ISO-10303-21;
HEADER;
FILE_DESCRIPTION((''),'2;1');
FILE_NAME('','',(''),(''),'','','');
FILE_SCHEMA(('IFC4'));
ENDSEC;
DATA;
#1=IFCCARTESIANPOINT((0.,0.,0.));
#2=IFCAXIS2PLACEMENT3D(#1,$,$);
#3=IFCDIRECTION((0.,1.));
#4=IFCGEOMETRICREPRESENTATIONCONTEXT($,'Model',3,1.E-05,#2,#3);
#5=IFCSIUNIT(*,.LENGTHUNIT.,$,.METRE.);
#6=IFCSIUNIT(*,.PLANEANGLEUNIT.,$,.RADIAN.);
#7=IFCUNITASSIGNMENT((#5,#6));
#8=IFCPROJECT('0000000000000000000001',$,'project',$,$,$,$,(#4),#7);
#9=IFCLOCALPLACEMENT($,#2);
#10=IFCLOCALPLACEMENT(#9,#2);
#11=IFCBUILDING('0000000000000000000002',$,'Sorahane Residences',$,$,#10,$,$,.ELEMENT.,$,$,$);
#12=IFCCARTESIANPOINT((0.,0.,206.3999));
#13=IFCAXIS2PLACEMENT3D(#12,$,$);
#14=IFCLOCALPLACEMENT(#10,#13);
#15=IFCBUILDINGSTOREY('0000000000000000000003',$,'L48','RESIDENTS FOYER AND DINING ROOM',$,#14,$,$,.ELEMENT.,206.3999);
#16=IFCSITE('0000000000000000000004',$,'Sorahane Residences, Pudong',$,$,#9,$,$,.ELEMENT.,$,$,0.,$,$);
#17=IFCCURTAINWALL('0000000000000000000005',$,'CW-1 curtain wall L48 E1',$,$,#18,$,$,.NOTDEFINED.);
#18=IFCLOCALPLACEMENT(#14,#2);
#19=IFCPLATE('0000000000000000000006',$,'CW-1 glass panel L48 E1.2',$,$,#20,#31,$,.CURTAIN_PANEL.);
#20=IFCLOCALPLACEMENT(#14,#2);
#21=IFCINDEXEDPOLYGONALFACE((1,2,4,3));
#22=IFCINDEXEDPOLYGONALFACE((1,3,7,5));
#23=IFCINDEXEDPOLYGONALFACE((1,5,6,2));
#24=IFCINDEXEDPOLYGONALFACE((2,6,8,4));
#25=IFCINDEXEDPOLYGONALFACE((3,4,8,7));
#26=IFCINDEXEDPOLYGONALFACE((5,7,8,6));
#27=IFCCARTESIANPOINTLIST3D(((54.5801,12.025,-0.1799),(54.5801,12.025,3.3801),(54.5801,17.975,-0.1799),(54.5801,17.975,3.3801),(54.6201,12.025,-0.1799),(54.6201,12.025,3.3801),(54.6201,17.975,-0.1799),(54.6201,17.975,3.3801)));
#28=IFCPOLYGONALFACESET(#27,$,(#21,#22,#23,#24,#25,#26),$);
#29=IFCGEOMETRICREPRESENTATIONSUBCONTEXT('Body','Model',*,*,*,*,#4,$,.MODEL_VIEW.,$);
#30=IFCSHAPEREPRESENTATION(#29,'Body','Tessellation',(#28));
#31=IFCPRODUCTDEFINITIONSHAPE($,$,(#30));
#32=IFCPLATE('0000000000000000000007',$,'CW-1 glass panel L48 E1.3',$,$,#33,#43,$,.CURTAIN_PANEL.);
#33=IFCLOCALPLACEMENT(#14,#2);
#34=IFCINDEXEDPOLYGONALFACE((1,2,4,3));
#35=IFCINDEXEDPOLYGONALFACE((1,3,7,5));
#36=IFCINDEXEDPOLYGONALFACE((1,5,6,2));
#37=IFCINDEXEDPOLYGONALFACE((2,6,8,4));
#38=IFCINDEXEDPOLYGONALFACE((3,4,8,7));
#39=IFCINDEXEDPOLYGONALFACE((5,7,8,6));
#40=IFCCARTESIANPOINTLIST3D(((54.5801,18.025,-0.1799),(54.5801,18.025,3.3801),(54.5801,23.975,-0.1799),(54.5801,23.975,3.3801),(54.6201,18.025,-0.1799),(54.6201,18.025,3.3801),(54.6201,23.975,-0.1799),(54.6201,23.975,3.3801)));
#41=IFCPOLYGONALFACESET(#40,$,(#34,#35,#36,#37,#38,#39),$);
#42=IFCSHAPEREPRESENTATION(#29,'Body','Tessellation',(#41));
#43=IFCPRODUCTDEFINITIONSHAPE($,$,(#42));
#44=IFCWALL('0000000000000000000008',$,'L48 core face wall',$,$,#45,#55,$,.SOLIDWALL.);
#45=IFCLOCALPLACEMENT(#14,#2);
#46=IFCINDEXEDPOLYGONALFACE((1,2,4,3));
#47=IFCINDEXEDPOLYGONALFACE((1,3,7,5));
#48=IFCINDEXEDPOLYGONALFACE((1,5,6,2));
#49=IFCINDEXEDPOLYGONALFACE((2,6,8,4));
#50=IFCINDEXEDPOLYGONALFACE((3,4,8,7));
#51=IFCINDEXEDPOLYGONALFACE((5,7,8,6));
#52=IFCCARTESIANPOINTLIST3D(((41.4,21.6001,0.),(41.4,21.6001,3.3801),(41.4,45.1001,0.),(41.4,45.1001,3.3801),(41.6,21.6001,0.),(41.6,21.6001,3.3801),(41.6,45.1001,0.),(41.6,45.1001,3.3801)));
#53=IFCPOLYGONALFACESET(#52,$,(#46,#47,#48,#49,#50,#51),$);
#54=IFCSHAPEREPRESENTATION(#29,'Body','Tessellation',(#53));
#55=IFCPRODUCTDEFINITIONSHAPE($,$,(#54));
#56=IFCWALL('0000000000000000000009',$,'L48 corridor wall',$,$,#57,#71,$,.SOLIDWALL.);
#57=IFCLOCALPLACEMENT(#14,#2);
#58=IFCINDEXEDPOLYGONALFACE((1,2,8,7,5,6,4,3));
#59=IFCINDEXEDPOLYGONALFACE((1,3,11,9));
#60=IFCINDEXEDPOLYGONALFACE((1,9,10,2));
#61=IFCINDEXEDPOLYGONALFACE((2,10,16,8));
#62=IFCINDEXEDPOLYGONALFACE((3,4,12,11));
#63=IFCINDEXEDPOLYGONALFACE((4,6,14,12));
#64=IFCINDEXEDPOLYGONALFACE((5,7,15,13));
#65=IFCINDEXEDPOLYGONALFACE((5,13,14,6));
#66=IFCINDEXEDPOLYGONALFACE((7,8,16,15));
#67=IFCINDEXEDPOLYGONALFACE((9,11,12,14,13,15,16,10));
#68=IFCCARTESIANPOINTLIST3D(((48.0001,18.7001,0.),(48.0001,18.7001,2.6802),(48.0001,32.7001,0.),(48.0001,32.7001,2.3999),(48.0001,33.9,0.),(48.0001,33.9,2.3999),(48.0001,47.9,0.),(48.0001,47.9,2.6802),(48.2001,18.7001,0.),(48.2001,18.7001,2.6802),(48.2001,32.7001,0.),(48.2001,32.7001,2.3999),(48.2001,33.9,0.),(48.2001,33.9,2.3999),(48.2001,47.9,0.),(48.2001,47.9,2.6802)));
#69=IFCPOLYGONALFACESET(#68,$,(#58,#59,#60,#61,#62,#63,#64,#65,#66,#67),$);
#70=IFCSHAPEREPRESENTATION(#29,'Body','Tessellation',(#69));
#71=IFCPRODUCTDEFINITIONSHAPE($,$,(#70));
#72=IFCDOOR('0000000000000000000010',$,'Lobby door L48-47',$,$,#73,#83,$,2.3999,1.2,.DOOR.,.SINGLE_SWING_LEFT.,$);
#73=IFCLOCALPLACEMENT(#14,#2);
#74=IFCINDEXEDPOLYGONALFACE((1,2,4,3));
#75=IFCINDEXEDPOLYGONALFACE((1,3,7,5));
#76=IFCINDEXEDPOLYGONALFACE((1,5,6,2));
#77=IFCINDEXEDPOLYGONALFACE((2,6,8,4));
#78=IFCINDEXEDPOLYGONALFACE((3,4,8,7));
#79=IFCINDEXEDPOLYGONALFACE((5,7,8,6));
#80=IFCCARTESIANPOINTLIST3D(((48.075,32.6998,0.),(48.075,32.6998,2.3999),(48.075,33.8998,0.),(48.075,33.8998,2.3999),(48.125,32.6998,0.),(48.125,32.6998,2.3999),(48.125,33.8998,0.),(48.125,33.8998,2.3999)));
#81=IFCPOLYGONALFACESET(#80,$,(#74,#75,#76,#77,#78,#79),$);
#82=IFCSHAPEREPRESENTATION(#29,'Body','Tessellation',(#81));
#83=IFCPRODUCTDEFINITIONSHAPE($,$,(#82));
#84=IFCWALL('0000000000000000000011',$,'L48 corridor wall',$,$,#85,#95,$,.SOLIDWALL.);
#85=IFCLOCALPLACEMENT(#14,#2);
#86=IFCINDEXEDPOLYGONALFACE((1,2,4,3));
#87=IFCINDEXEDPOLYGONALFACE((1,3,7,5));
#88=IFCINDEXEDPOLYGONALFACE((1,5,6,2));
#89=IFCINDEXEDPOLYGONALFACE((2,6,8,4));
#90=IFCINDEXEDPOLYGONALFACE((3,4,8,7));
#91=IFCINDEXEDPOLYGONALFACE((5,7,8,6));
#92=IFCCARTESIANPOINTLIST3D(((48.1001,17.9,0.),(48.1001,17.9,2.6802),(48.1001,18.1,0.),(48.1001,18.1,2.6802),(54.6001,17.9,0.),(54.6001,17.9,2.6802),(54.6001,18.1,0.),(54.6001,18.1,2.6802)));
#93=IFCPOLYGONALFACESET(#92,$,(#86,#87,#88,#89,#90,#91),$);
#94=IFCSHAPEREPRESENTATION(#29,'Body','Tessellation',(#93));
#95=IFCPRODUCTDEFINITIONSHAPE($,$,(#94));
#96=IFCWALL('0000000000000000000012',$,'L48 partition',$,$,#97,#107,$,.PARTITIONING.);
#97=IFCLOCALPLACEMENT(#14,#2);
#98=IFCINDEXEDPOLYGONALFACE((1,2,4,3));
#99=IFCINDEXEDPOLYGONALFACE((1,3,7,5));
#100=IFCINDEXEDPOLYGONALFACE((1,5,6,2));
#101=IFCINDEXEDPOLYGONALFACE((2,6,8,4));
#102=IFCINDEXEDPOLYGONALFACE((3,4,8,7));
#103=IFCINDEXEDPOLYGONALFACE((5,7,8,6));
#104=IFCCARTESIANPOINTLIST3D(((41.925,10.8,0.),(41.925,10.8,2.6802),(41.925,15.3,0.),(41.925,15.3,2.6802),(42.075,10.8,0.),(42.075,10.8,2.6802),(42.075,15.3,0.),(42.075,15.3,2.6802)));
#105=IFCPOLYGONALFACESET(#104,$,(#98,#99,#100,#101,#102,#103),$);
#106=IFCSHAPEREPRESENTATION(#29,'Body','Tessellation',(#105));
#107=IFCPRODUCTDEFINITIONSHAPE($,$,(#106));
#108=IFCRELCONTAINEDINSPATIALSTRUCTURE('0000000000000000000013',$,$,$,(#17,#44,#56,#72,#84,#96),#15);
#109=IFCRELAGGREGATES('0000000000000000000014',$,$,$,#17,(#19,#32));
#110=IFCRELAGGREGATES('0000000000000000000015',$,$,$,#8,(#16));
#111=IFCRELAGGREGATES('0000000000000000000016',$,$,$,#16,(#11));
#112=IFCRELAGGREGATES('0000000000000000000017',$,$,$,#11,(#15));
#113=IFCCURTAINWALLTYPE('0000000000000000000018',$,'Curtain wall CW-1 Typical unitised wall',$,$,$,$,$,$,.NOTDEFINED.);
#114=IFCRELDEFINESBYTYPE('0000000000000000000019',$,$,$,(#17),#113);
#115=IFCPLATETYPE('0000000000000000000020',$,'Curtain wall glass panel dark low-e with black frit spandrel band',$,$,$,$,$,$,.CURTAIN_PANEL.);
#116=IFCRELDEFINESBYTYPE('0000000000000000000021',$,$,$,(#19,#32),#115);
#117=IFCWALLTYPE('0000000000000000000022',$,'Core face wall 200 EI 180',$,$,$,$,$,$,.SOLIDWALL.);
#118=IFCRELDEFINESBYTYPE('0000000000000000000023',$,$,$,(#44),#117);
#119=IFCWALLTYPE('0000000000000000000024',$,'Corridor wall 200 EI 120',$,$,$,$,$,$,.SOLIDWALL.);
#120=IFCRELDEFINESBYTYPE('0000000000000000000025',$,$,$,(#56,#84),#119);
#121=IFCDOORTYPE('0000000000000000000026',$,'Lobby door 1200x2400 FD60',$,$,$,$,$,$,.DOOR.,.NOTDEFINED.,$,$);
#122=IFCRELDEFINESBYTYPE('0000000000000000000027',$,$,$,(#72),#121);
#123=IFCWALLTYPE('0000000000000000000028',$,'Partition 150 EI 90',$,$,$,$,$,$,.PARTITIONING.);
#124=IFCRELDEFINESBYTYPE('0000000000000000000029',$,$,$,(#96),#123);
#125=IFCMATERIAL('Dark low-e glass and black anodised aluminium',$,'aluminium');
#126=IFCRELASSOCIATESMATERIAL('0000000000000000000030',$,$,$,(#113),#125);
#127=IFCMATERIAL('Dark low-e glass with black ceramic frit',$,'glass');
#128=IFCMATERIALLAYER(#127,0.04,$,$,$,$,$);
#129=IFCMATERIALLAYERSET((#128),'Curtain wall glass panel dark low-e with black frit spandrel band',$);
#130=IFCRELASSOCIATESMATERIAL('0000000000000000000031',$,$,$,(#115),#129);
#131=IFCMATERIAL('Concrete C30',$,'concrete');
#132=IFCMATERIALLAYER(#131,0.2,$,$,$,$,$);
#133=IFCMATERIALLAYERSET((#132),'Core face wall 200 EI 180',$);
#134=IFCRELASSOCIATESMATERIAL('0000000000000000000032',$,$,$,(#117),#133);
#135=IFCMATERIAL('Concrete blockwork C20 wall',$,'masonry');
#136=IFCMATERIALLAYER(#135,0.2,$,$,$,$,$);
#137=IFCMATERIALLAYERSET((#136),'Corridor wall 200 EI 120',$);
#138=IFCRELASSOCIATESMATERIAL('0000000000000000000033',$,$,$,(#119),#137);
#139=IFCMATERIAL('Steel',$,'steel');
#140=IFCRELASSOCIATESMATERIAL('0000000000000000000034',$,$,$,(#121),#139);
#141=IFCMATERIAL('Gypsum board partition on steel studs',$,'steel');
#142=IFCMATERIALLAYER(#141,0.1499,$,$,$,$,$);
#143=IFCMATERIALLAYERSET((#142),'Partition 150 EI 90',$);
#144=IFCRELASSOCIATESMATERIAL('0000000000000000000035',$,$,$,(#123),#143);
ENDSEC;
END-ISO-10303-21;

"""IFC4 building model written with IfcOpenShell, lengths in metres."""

from ifc_helpers import new_model, si_unit, direction, frame, frame_2d, origin, origin_2d, place, context, subcontext, project, spatial, rectangle, extrude, material, layer, layer_set, type_object, element, fill, aggregate, save


model = new_model("IFC4")

# Units and contexts
model_context = context("Model", 3, precision=1e-05, world=origin(), true_north=direction((0.0, 1.0)))
body_context = subcontext(model_context, "Body", "Model", "MODEL_VIEW")
ifc_project = project(units=[si_unit("LENGTHUNIT", "METRE"), si_unit("PLANEANGLEUNIT", "RADIAN")], contexts=[model_context])

# Site, building, storey
site_placement = place(None, origin())
site = spatial("IfcSite", under=ifc_project, at=site_placement, Name="Sorahane Residences, Pudong", CompositionType="ELEMENT", RefElevation=0.0)
building_placement = place(site_placement, origin())
building = spatial("IfcBuilding", under=site, at=building_placement, Name="Sorahane Residences", CompositionType="ELEMENT")
storey_placement = place(building_placement, frame((0.0, 0.0, 206.3999)))
storey = spatial("IfcBuildingStorey", under=building, at=storey_placement, Name="L48", Description="RESIDENTS FOYER AND DINING ROOM", CompositionType="ELEMENT", Elevation=206.3999)

# Curtain wall
ifc_material_1 = material(Name="Dark low-e glass and black anodised aluminium", Category="aluminium")
curtain_wall_type = type_object("IfcCurtainWallType", Name="Curtain wall CW-1 Typical unitised wall", PredefinedType="NOTDEFINED", material=ifc_material_1)
curtain_wall_placement = place(storey_placement, origin())
curtain_wall = element("IfcCurtainWall", 1, at=curtain_wall_placement, inside=storey, type_object=curtain_wall_type, Name="CW-1 curtain wall L48 E1", PredefinedType="NOTDEFINED")

# Plates
ifc_material_2 = material(Name="Dark low-e glass with black ceramic frit", Category="glass")
ifc_layer_1 = layer(ifc_material_2, 0.04)
ifc_layer_set_1 = layer_set([ifc_layer_1], Name="Curtain wall glass panel dark low-e with black frit spandrel band")
plate_type = type_object("IfcPlateType", Name="Curtain wall glass panel dark low-e with black frit spandrel band", PredefinedType="CURTAIN_PANEL", material=ifc_layer_set_1)
plate_1_placement = place(storey_placement, frame((54.6001, 15.0, -0.1799), z_axis=(0.0, 0.0, 1.0), x_axis=(0.0, 1.0, 0.0)))
plate_1 = element("IfcPlate", 2, at=plate_1_placement, type_object=plate_type, Name="CW-1 glass panel L48 E1.2", PredefinedType="CURTAIN_PANEL", context=body_context, shape_type="SweptSolid", body=[
    extrude(rectangle(XDim=5.95, YDim=0.04, at=origin_2d()), origin(), (0.0, 0.0, 1.0), 3.5601),
])
plate_2_placement = place(storey_placement, frame((54.6001, 21.0, -0.1799), z_axis=(0.0, 0.0, 1.0), x_axis=(0.0, 1.0, 0.0)))
plate_2 = element("IfcPlate", 3, at=plate_2_placement, type_object=plate_type, Name="CW-1 glass panel L48 E1.3", PredefinedType="CURTAIN_PANEL", context=body_context, shape_type="SweptSolid", body=[
    extrude(rectangle(XDim=5.95, YDim=0.04, at=origin_2d()), origin(), (0.0, 0.0, 1.0), 3.5601),
])
aggregate(curtain_wall, [plate_1, plate_2])

# Wall
ifc_material_3 = material(Name="Concrete C30", Category="concrete")
ifc_layer_2 = layer(ifc_material_3, 0.2)
ifc_layer_set_2 = layer_set([ifc_layer_2], Name="Core face wall 200 EI 180")
wall_type_1 = type_object("IfcWallType", Name="Core face wall 200 EI 180", PredefinedType="SOLIDWALL", material=ifc_layer_set_2)
wall_1_placement = place(storey_placement, frame((41.5, 21.6001, 0.0), z_axis=(0.0, 0.0, 1.0), x_axis=(0.0, 1.0, 0.0)))
element("IfcWall", 4, at=wall_1_placement, inside=storey, type_object=wall_type_1, Name="L48 core face wall", PredefinedType="SOLIDWALL", context=body_context, shape_type="SweptSolid", body=[
    extrude(rectangle(XDim=23.5, YDim=0.2, at=frame_2d((11.75, 0.0))), origin(), (0.0, 0.0, 1.0), 3.3801),
])

# Wall, opening, door
ifc_material_4 = material(Name="Concrete blockwork C20 wall", Category="masonry")
ifc_layer_3 = layer(ifc_material_4, 0.2)
ifc_layer_set_3 = layer_set([ifc_layer_3], Name="Corridor wall 200 EI 120")
wall_type_2 = type_object("IfcWallType", Name="Corridor wall 200 EI 120", PredefinedType="SOLIDWALL", material=ifc_layer_set_3)
wall_2_placement = place(storey_placement, frame((48.1001, 18.7, 0.0), z_axis=(0.0, 0.0, 1.0), x_axis=(0.0, 1.0, 0.0)))
wall_2 = element("IfcWall", 5, at=wall_2_placement, inside=storey, type_object=wall_type_2, Name="L48 corridor wall", PredefinedType="SOLIDWALL", context=body_context, shape_type="SweptSolid", body=[
    extrude(rectangle(XDim=29.2, YDim=0.2, at=frame_2d((14.6001, 0.0))), origin(), (0.0, 0.0, 1.0), 2.6802),
])
opening_1_placement = place(wall_2_placement, frame((14.0, 0.0, 0.0)))
opening_1 = element("IfcOpeningElement", 6, at=opening_1_placement, cuts=wall_2, PredefinedType="OPENING", context=body_context, shape_type="SweptSolid", body=[
    extrude(rectangle(XDim=1.2, YDim=2.3999, at=frame_2d((0.6001, 1.2))), frame((0.0, 0.1099, 0.0), z_axis=(0.0, -1.0, 0.0), x_axis=(1.0, 0.0, 0.0)), (0.0, 0.0, 1.0), 0.22),
])
ifc_material_5 = material(Name="Steel", Category="steel")
door_type_1 = type_object("IfcDoorType", Name="Lobby door 1200x2400 FD60", OperationType="NOTDEFINED", PredefinedType="DOOR", material=ifc_material_5)
door_1_placement = place(opening_1_placement, frame((1.2, 0.0, 0.0), z_axis=(0.0, 0.0, 1.0), x_axis=(-1.0, 0.0, 0.0)))
door_1 = element("IfcDoor", 7, at=door_1_placement, inside=storey, type_object=door_type_1, Name="Lobby door L48-47", OperationType="SINGLE_SWING_LEFT", OverallHeight=2.3999, OverallWidth=1.2, PredefinedType="DOOR", context=body_context, shape_type="SweptSolid", body=[
    extrude(rectangle(XDim=1.2, YDim=2.3999, at=frame_2d((0.6001, 1.2))), frame((0.0, 0.0249, 0.0), z_axis=(0.0, -1.0, 0.0), x_axis=(1.0, 0.0, 0.0)), (0.0, 0.0, 1.0), 0.05),
])
fill(opening_1, door_1)

# Walls
wall_3_placement = place(storey_placement, frame((48.1001, 18.0, 0.0), z_axis=(0.0, 0.0, 1.0), x_axis=(1.0, 0.0, 0.0)))
element("IfcWall", 8, at=wall_3_placement, inside=storey, type_object=wall_type_2, Name="L48 corridor wall", PredefinedType="SOLIDWALL", context=body_context, shape_type="SweptSolid", body=[
    extrude(rectangle(XDim=6.5, YDim=0.2, at=frame_2d((3.25, 0.0))), origin(), (0.0, 0.0, 1.0), 2.6802),
])
ifc_material_6 = material(Name="Gypsum board partition on steel studs", Category="steel")
ifc_layer_4 = layer(ifc_material_6, 0.1499)
ifc_layer_set_4 = layer_set([ifc_layer_4], Name="Partition 150 EI 90")
wall_type_3 = type_object("IfcWallType", Name="Partition 150 EI 90", PredefinedType="PARTITIONING", material=ifc_layer_set_4)
wall_4_placement = place(storey_placement, frame((42.0, 10.8, 0.0), z_axis=(0.0, 0.0, 1.0), x_axis=(0.0, 1.0, 0.0)))
element("IfcWall", 9, at=wall_4_placement, inside=storey, type_object=wall_type_3, Name="L48 partition", PredefinedType="PARTITIONING", context=body_context, shape_type="SweptSolid", body=[
    extrude(rectangle(XDim=4.5, YDim=0.1499, at=frame_2d((2.25, 0.0))), origin(), (0.0, 0.0, 1.0), 2.6802),
])

save(model, "model.ifc")
